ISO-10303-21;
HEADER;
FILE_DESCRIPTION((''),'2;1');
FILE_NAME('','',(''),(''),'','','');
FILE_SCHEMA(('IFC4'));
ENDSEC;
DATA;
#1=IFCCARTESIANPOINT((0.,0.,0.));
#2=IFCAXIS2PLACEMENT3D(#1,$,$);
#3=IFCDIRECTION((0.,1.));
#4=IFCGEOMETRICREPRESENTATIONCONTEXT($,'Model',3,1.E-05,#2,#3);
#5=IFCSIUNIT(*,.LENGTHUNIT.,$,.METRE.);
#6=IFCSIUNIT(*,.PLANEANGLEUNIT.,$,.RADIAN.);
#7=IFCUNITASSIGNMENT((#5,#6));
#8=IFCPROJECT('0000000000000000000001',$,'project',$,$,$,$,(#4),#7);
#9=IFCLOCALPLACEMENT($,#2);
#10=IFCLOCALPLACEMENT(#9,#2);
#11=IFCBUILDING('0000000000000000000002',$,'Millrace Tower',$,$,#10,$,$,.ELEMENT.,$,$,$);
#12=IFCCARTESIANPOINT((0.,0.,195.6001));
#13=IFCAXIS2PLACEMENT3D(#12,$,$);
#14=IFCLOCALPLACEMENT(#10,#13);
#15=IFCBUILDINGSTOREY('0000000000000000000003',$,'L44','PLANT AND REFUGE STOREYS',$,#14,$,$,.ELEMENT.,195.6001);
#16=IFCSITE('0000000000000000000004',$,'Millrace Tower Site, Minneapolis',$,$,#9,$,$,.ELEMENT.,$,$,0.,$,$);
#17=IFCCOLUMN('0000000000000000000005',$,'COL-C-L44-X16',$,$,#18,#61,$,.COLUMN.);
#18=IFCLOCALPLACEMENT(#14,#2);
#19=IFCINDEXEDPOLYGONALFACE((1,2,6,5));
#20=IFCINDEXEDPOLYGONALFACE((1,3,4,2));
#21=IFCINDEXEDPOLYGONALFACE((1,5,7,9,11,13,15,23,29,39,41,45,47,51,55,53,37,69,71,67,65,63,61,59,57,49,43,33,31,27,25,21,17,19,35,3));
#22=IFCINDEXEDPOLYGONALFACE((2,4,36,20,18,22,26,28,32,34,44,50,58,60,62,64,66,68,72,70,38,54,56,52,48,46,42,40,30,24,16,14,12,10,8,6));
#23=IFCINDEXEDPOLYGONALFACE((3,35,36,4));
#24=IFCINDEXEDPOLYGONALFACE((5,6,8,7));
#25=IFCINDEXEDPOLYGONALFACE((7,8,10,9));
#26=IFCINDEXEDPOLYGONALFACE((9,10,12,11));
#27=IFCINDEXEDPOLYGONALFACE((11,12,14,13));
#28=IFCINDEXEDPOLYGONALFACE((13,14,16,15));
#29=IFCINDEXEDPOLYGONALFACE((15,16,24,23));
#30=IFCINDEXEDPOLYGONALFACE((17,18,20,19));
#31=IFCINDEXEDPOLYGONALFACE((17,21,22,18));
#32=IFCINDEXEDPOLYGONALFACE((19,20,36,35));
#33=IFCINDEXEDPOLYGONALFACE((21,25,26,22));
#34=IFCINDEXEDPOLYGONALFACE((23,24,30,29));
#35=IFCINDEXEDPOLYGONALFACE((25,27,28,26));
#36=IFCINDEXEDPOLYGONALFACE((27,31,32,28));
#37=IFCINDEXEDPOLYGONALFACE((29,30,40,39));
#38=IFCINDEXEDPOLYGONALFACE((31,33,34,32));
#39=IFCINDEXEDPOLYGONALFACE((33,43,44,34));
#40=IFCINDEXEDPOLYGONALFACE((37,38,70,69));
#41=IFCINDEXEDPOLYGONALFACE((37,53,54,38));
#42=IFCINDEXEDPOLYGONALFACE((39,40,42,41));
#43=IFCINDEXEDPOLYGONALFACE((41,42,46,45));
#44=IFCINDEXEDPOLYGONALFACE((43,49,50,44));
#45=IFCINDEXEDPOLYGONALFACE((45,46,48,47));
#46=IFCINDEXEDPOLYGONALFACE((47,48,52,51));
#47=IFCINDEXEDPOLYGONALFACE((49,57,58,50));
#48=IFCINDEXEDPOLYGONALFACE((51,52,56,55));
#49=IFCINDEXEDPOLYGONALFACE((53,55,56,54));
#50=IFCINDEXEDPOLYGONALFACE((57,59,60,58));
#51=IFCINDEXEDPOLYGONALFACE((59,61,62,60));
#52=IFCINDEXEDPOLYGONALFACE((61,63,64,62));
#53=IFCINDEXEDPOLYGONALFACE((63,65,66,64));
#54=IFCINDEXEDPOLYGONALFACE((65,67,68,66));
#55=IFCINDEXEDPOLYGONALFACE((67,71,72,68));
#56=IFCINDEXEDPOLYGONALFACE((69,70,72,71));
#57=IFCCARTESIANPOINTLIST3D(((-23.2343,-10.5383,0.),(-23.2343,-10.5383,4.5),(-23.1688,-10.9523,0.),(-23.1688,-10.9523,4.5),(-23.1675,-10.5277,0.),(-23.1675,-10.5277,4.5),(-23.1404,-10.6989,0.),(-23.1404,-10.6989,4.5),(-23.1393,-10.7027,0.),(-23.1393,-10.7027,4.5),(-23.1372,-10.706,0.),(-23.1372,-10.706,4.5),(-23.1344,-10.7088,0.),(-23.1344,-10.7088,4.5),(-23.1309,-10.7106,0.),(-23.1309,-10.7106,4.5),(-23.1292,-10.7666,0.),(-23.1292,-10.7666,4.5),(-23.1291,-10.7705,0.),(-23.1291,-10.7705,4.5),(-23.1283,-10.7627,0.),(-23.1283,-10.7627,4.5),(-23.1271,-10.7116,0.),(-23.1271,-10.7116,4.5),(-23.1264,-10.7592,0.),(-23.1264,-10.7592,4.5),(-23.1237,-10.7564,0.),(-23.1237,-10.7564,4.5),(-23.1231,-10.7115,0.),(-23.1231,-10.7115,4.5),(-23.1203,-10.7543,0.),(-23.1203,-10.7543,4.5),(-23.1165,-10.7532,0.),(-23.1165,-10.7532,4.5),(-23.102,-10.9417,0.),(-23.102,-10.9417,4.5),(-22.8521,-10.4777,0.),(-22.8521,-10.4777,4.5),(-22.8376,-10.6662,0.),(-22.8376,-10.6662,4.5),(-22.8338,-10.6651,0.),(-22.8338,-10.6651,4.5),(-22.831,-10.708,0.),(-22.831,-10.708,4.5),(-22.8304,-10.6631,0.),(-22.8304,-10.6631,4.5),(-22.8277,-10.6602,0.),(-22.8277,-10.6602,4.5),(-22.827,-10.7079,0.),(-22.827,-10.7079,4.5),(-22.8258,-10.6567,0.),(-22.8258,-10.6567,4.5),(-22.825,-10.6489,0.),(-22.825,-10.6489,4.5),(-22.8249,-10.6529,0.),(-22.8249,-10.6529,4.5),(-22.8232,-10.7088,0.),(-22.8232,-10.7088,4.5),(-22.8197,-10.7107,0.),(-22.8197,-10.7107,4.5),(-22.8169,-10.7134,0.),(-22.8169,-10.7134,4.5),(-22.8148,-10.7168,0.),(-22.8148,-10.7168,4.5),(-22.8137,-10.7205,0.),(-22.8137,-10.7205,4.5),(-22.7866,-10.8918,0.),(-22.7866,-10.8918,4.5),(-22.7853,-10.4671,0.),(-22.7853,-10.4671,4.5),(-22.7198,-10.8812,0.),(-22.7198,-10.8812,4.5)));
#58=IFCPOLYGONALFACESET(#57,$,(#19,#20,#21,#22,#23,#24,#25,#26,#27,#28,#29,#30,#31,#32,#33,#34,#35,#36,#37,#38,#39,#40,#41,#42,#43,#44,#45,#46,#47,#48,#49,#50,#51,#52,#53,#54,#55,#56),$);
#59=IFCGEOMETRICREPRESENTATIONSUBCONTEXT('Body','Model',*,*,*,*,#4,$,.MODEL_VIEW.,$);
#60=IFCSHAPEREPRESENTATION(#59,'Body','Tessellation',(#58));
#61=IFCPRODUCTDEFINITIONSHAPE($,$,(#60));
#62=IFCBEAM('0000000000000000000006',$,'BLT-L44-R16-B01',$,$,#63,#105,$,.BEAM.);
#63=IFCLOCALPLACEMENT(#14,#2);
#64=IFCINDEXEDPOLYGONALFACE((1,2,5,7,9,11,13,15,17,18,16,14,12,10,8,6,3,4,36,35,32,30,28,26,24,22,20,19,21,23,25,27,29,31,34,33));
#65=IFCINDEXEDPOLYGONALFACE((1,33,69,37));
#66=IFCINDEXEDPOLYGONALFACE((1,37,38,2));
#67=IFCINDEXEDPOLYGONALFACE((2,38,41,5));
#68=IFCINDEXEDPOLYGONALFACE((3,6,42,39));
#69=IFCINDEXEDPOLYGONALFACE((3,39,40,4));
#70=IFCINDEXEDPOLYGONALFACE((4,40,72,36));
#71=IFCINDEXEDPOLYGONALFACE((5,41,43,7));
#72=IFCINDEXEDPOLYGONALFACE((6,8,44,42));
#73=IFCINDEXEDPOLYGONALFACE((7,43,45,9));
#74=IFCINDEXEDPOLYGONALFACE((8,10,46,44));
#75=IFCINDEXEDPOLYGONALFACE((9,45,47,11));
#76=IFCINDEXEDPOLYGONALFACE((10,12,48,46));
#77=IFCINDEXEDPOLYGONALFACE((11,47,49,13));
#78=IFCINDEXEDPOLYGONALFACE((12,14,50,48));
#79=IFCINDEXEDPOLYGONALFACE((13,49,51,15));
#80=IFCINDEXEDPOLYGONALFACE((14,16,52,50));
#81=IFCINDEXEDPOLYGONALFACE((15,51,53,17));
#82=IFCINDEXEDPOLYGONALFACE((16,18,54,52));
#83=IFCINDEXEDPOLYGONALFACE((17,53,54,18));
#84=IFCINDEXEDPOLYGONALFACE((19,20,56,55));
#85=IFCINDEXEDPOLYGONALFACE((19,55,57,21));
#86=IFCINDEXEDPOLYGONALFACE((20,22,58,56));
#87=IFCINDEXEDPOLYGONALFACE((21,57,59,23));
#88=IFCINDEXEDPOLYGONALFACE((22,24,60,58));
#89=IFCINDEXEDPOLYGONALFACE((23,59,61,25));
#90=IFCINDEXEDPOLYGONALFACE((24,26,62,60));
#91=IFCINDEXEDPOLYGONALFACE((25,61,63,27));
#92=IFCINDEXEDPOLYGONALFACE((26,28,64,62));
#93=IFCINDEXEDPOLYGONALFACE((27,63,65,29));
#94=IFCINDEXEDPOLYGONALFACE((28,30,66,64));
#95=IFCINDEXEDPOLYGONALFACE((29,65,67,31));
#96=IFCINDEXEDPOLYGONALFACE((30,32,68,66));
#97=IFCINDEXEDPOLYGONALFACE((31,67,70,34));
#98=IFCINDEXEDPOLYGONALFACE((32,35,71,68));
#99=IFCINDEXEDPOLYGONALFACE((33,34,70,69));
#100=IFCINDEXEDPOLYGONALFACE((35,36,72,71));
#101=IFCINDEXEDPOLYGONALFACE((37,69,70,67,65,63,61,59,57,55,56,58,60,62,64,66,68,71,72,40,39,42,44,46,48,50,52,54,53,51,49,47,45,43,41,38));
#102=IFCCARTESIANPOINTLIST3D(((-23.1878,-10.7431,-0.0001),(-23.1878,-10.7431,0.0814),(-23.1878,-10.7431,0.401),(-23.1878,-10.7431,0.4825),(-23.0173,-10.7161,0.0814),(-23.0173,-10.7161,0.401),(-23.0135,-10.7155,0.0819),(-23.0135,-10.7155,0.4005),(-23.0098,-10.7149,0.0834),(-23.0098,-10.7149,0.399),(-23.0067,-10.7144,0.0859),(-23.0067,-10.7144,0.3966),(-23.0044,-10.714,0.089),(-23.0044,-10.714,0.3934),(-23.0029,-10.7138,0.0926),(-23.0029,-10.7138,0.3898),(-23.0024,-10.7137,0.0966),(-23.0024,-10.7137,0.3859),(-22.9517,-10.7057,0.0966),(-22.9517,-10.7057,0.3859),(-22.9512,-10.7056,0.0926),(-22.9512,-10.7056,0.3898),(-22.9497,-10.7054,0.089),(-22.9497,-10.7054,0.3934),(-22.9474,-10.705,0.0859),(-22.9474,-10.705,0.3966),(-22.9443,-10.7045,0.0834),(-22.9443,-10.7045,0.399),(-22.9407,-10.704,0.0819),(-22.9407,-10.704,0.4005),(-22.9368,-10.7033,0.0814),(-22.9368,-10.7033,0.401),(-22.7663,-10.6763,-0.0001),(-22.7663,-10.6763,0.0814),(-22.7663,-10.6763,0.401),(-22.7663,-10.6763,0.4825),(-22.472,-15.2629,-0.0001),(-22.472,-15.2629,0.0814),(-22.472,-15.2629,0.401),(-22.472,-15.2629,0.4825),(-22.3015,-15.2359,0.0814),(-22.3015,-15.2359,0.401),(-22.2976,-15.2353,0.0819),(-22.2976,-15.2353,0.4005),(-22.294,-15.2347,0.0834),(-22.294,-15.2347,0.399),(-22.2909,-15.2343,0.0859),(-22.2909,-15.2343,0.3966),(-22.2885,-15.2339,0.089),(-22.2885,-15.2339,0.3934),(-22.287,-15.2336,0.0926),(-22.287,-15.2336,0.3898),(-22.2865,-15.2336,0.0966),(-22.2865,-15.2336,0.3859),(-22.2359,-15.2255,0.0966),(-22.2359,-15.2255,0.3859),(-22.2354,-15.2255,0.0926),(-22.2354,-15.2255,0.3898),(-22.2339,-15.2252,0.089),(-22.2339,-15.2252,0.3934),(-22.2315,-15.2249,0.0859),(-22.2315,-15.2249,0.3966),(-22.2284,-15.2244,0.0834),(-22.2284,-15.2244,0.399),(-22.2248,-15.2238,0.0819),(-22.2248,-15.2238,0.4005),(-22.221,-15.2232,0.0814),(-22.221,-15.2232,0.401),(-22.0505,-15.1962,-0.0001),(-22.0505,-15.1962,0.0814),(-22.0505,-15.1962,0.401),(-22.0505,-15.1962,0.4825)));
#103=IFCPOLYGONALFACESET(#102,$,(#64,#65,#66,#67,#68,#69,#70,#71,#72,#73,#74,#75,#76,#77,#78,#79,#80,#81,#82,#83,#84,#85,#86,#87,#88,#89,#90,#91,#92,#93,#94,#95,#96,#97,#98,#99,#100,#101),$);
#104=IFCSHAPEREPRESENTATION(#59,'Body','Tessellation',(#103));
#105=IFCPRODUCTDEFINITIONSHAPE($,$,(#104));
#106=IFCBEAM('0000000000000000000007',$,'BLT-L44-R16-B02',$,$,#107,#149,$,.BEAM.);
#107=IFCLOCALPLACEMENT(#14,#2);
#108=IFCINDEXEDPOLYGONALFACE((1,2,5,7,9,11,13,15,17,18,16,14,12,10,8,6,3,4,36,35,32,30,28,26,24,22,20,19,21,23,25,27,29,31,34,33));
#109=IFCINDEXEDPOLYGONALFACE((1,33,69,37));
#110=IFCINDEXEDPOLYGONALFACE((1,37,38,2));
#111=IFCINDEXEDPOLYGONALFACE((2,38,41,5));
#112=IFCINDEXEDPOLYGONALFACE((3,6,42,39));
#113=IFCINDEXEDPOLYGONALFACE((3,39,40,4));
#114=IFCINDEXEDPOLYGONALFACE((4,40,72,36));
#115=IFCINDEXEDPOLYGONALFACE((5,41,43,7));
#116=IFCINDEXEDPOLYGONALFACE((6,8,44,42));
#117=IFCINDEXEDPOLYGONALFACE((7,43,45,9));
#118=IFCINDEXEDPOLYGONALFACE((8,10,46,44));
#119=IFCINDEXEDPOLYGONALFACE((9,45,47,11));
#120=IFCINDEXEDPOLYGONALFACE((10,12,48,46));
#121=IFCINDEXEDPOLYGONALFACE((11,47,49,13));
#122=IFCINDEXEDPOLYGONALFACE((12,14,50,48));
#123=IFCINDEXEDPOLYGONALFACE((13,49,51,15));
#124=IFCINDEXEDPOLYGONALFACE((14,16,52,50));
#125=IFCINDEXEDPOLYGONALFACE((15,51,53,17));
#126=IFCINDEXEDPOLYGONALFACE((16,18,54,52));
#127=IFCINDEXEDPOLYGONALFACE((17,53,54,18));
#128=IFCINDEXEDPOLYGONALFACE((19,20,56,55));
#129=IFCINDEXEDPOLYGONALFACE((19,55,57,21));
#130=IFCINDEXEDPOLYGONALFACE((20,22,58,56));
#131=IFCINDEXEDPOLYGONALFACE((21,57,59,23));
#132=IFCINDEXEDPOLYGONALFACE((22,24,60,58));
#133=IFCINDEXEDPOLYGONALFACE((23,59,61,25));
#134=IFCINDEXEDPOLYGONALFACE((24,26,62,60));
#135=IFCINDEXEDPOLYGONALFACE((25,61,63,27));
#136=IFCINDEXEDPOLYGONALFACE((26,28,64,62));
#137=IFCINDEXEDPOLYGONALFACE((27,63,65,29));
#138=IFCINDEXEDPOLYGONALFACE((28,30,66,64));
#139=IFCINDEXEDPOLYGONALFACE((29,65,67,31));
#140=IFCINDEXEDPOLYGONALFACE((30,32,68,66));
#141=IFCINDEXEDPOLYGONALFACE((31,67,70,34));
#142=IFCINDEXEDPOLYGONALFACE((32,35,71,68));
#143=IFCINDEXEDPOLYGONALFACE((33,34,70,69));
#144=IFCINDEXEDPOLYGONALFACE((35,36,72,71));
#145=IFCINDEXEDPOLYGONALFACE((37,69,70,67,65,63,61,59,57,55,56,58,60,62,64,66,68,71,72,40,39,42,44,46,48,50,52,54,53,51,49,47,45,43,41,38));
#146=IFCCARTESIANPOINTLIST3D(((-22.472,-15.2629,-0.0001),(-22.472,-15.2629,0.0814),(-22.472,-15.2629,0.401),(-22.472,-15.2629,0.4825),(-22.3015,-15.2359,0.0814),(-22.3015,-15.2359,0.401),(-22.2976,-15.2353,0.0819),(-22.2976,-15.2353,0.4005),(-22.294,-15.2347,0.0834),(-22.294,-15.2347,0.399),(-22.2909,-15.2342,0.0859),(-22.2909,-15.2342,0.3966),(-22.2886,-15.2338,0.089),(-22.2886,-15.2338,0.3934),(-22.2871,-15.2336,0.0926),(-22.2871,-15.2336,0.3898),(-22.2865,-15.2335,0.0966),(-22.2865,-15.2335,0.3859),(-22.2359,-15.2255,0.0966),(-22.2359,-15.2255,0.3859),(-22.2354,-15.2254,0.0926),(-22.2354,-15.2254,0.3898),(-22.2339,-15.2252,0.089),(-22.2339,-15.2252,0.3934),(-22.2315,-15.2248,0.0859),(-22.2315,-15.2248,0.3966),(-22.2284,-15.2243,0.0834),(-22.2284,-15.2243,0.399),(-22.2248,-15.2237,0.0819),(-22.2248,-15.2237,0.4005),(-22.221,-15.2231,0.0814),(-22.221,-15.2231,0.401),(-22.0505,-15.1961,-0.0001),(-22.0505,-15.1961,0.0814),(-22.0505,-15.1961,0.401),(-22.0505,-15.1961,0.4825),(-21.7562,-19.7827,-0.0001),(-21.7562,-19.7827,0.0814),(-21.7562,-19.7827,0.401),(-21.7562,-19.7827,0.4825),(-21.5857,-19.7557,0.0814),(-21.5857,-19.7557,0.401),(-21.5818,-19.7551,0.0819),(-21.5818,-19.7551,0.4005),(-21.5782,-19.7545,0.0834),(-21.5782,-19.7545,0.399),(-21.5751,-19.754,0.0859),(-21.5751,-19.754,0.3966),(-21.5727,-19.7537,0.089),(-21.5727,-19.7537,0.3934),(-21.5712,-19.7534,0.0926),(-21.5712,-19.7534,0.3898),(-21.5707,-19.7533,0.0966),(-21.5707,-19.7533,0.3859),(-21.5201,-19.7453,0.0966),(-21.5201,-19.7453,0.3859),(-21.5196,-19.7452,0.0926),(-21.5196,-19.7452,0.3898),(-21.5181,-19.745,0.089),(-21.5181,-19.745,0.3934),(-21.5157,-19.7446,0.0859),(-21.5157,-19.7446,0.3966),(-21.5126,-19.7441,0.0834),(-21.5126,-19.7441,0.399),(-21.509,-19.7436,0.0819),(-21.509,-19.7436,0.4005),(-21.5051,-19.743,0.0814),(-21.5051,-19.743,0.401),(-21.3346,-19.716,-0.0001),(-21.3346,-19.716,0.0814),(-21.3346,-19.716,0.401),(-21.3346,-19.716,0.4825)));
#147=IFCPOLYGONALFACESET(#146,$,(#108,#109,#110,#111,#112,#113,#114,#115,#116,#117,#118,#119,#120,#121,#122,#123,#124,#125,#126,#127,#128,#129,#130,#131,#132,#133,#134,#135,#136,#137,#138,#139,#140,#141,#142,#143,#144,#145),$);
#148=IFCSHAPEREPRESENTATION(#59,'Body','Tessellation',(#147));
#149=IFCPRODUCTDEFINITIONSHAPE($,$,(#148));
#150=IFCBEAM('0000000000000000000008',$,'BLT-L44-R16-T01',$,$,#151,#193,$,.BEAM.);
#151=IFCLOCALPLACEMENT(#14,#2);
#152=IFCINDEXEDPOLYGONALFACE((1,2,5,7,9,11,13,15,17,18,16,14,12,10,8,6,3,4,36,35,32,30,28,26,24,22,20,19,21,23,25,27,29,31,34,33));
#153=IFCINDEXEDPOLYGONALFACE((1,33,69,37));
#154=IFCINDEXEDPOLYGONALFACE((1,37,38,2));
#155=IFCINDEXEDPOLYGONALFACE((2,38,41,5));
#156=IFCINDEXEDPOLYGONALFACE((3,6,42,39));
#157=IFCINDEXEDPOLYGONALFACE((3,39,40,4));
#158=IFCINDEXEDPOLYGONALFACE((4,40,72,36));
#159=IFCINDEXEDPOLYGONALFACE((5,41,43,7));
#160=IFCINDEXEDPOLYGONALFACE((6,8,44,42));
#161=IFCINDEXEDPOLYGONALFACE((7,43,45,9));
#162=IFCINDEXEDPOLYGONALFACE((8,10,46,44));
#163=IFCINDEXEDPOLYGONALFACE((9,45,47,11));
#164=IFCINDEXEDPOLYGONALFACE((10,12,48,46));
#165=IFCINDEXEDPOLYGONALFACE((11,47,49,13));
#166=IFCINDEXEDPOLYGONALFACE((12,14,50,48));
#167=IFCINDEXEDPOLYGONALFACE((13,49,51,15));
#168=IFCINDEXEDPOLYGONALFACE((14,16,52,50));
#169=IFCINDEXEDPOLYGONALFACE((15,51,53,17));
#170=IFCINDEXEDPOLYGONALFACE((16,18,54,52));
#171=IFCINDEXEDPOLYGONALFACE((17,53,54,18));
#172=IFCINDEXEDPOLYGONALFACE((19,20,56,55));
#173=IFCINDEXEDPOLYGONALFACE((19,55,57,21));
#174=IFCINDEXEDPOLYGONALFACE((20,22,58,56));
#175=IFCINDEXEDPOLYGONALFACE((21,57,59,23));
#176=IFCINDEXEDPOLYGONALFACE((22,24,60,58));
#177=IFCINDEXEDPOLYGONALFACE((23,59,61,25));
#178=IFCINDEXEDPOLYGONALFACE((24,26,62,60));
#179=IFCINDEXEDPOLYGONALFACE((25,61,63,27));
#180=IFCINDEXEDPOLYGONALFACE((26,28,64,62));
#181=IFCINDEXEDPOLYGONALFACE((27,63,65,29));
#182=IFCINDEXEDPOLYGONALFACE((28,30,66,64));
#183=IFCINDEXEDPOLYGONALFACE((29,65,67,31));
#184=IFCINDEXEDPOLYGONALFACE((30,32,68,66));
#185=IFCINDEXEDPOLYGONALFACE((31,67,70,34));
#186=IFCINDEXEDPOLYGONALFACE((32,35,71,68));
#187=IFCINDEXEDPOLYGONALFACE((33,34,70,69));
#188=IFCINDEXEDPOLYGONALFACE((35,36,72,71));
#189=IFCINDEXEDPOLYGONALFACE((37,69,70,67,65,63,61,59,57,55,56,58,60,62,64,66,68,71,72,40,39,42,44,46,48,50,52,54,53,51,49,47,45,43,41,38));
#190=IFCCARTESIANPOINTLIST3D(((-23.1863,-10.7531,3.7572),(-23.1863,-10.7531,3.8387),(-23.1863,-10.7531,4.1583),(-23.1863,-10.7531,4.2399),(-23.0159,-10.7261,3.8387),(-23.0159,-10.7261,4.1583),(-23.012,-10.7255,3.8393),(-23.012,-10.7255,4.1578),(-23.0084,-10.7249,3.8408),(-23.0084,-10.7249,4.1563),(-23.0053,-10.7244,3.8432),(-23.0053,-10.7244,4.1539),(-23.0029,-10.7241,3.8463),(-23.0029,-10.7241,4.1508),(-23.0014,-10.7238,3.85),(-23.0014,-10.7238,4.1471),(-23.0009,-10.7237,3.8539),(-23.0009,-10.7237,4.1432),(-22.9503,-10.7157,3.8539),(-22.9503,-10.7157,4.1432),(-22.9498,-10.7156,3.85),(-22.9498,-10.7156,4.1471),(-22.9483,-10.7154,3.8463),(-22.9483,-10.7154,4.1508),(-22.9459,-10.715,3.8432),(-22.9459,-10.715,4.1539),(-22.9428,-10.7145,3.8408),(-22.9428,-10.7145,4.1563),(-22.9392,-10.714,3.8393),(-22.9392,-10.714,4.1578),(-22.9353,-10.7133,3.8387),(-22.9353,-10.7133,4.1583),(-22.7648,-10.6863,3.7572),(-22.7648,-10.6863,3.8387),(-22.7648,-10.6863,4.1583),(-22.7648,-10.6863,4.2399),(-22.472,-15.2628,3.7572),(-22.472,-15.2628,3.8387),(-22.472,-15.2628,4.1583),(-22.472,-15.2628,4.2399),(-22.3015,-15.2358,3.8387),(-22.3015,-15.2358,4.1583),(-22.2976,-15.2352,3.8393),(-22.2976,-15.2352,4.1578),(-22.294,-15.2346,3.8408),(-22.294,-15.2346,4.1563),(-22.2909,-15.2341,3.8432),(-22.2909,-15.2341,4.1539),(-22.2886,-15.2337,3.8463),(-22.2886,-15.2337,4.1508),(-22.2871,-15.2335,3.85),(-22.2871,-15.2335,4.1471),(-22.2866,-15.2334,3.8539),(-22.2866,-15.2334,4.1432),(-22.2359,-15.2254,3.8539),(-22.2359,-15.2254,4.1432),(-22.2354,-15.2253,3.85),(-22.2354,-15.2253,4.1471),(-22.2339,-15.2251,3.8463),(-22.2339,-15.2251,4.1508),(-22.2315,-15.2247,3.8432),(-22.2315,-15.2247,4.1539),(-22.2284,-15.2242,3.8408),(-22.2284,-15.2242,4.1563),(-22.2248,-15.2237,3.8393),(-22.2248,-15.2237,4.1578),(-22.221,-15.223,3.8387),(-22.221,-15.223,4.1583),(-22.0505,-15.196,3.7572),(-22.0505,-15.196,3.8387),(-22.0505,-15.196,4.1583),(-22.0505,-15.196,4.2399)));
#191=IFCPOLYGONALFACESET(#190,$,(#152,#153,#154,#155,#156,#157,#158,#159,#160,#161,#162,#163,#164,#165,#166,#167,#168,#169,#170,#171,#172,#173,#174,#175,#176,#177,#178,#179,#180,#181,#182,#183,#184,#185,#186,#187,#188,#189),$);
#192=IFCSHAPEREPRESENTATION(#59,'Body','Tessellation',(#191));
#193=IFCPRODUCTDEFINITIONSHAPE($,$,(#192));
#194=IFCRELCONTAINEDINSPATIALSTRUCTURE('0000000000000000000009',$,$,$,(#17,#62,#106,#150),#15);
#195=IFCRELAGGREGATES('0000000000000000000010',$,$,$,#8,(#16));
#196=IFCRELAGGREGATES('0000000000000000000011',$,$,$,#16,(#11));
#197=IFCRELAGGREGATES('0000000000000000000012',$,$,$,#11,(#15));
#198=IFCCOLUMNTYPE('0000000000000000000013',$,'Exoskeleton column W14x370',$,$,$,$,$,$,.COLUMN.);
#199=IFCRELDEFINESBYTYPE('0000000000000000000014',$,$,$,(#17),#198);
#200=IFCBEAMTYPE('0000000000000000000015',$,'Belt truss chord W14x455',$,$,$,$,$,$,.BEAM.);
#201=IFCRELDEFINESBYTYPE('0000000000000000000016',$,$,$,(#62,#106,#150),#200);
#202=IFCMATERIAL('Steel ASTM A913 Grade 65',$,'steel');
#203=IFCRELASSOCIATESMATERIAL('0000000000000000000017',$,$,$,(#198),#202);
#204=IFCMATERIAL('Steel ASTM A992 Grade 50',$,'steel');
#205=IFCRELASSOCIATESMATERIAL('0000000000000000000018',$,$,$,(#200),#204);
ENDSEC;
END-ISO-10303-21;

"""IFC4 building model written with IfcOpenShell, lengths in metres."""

from ifc_helpers import new_model, si_unit, direction, frame, origin, origin_2d, place, context, subcontext, project, spatial, i_section, extrude, material, material_profile, profile_set, type_object, element, save


model = new_model("IFC4")

# Units and contexts
model_context = context("Model", 3, precision=1e-05, world=origin(), true_north=direction((0.0, 1.0)))
body_context = subcontext(model_context, "Body", "Model", "MODEL_VIEW")
ifc_project = project(units=[si_unit("LENGTHUNIT", "METRE"), si_unit("PLANEANGLEUNIT", "RADIAN")], contexts=[model_context])

# Site, building, storey
site_placement = place(None, origin())
site = spatial("IfcSite", under=ifc_project, at=site_placement, Name="Millrace Tower Site, Minneapolis", CompositionType="ELEMENT", RefElevation=0.0)
building_placement = place(site_placement, origin())
building = spatial("IfcBuilding", under=site, at=building_placement, Name="Millrace Tower", CompositionType="ELEMENT")
storey_placement = place(building_placement, frame((0.0, 0.0, 195.6001)))
storey = spatial("IfcBuildingStorey", under=building, at=storey_placement, Name="L44", Description="PLANT AND REFUGE STOREYS", CompositionType="ELEMENT", Elevation=195.6001)

# Column
ifc_material_1 = material(Name="Steel ASTM A913 Grade 65", Category="steel")
ifc_material_profile_1 = material_profile(ifc_material_1, i_section(OverallWidth=0.4192, OverallDepth=0.4546, WebThickness=0.0422, FlangeThickness=0.0676, FilletRadius=0.0151, at=origin_2d()))
ifc_profile_set_1 = profile_set([ifc_material_profile_1], Name="Steel ASTM A913 Grade 65")
column_type = type_object("IfcColumnType", Name="Exoskeleton column W14x370", PredefinedType="COLUMN", material=ifc_profile_set_1)
column_placement = place(storey_placement, frame((-22.9771, -10.7097, 0.0), z_axis=(0.0, 0.0, 1.0), x_axis=(0.156434, -0.987688, 0.0)))
element("IfcColumn", 1, at=column_placement, inside=storey, type_object=column_type, Name="COL-C-L44-X16", PredefinedType="COLUMN", context=body_context, shape_type="SweptSolid", body=[
    extrude(i_section(OverallWidth=0.4192, OverallDepth=0.4546, WebThickness=0.0422, FlangeThickness=0.0676, FilletRadius=0.0151, at=origin_2d()), origin(), (0.0, 0.0, 1.0), 4.5),
])

# Beams
ifc_material_2 = material(Name="Steel ASTM A992 Grade 50", Category="steel")
ifc_material_profile_2 = material_profile(ifc_material_2, i_section(OverallWidth=0.4268, OverallDepth=0.4827, WebThickness=0.0513, FlangeThickness=0.0815, FilletRadius=0.0151, at=origin_2d()))
ifc_profile_set_2 = profile_set([ifc_material_profile_2], Name="Steel ASTM A992 Grade 50")
beam_type_1 = type_object("IfcBeamType", Name="Belt truss chord W14x455", PredefinedType="BEAM", material=ifc_profile_set_2)
for number, where, z_axis, x_axis, name in (
    (2, (-22.9771, -10.7097, 0.2412), (0.156426, -0.98769, 0.0), (0.98769, 0.156426, 0.0), "BLT-L44-R16-B01"),
    (3, (-22.2612, -15.2295, 0.2412), (0.156426, -0.98769, 0.0), (0.98769, 0.156426, 0.0), "BLT-L44-R16-B02"),
):
    element("IfcBeam", number, at=place(storey_placement, frame(where, z_axis=z_axis, x_axis=x_axis)), inside=storey, type_object=beam_type_1, Name=name, PredefinedType="BEAM", context=body_context, shape_type="SweptSolid", body=[
        extrude(i_section(OverallWidth=0.4268, OverallDepth=0.4827, WebThickness=0.0513, FlangeThickness=0.0815, FilletRadius=0.0151, at=origin_2d()), origin(), (0.0, 0.0, 1.0), 4.5762),
    ])
beam_1_placement = place(storey_placement, frame((-22.9756, -10.7197, 3.9985), z_axis=(0.156451, -0.987686, 0.0), x_axis=(0.987686, 0.156451, 0.0)))
element("IfcBeam", 4, at=beam_1_placement, inside=storey, type_object=beam_type_1, Name="BLT-L44-R16-T01", PredefinedType="BEAM", context=body_context, shape_type="SweptSolid", body=[
    extrude(i_section(OverallWidth=0.4268, OverallDepth=0.4827, WebThickness=0.0513, FlangeThickness=0.0815, FilletRadius=0.0151, at=origin_2d()), origin(), (0.0, 0.0, 1.0), 4.5659),
])

save(model, "model.ifc")
